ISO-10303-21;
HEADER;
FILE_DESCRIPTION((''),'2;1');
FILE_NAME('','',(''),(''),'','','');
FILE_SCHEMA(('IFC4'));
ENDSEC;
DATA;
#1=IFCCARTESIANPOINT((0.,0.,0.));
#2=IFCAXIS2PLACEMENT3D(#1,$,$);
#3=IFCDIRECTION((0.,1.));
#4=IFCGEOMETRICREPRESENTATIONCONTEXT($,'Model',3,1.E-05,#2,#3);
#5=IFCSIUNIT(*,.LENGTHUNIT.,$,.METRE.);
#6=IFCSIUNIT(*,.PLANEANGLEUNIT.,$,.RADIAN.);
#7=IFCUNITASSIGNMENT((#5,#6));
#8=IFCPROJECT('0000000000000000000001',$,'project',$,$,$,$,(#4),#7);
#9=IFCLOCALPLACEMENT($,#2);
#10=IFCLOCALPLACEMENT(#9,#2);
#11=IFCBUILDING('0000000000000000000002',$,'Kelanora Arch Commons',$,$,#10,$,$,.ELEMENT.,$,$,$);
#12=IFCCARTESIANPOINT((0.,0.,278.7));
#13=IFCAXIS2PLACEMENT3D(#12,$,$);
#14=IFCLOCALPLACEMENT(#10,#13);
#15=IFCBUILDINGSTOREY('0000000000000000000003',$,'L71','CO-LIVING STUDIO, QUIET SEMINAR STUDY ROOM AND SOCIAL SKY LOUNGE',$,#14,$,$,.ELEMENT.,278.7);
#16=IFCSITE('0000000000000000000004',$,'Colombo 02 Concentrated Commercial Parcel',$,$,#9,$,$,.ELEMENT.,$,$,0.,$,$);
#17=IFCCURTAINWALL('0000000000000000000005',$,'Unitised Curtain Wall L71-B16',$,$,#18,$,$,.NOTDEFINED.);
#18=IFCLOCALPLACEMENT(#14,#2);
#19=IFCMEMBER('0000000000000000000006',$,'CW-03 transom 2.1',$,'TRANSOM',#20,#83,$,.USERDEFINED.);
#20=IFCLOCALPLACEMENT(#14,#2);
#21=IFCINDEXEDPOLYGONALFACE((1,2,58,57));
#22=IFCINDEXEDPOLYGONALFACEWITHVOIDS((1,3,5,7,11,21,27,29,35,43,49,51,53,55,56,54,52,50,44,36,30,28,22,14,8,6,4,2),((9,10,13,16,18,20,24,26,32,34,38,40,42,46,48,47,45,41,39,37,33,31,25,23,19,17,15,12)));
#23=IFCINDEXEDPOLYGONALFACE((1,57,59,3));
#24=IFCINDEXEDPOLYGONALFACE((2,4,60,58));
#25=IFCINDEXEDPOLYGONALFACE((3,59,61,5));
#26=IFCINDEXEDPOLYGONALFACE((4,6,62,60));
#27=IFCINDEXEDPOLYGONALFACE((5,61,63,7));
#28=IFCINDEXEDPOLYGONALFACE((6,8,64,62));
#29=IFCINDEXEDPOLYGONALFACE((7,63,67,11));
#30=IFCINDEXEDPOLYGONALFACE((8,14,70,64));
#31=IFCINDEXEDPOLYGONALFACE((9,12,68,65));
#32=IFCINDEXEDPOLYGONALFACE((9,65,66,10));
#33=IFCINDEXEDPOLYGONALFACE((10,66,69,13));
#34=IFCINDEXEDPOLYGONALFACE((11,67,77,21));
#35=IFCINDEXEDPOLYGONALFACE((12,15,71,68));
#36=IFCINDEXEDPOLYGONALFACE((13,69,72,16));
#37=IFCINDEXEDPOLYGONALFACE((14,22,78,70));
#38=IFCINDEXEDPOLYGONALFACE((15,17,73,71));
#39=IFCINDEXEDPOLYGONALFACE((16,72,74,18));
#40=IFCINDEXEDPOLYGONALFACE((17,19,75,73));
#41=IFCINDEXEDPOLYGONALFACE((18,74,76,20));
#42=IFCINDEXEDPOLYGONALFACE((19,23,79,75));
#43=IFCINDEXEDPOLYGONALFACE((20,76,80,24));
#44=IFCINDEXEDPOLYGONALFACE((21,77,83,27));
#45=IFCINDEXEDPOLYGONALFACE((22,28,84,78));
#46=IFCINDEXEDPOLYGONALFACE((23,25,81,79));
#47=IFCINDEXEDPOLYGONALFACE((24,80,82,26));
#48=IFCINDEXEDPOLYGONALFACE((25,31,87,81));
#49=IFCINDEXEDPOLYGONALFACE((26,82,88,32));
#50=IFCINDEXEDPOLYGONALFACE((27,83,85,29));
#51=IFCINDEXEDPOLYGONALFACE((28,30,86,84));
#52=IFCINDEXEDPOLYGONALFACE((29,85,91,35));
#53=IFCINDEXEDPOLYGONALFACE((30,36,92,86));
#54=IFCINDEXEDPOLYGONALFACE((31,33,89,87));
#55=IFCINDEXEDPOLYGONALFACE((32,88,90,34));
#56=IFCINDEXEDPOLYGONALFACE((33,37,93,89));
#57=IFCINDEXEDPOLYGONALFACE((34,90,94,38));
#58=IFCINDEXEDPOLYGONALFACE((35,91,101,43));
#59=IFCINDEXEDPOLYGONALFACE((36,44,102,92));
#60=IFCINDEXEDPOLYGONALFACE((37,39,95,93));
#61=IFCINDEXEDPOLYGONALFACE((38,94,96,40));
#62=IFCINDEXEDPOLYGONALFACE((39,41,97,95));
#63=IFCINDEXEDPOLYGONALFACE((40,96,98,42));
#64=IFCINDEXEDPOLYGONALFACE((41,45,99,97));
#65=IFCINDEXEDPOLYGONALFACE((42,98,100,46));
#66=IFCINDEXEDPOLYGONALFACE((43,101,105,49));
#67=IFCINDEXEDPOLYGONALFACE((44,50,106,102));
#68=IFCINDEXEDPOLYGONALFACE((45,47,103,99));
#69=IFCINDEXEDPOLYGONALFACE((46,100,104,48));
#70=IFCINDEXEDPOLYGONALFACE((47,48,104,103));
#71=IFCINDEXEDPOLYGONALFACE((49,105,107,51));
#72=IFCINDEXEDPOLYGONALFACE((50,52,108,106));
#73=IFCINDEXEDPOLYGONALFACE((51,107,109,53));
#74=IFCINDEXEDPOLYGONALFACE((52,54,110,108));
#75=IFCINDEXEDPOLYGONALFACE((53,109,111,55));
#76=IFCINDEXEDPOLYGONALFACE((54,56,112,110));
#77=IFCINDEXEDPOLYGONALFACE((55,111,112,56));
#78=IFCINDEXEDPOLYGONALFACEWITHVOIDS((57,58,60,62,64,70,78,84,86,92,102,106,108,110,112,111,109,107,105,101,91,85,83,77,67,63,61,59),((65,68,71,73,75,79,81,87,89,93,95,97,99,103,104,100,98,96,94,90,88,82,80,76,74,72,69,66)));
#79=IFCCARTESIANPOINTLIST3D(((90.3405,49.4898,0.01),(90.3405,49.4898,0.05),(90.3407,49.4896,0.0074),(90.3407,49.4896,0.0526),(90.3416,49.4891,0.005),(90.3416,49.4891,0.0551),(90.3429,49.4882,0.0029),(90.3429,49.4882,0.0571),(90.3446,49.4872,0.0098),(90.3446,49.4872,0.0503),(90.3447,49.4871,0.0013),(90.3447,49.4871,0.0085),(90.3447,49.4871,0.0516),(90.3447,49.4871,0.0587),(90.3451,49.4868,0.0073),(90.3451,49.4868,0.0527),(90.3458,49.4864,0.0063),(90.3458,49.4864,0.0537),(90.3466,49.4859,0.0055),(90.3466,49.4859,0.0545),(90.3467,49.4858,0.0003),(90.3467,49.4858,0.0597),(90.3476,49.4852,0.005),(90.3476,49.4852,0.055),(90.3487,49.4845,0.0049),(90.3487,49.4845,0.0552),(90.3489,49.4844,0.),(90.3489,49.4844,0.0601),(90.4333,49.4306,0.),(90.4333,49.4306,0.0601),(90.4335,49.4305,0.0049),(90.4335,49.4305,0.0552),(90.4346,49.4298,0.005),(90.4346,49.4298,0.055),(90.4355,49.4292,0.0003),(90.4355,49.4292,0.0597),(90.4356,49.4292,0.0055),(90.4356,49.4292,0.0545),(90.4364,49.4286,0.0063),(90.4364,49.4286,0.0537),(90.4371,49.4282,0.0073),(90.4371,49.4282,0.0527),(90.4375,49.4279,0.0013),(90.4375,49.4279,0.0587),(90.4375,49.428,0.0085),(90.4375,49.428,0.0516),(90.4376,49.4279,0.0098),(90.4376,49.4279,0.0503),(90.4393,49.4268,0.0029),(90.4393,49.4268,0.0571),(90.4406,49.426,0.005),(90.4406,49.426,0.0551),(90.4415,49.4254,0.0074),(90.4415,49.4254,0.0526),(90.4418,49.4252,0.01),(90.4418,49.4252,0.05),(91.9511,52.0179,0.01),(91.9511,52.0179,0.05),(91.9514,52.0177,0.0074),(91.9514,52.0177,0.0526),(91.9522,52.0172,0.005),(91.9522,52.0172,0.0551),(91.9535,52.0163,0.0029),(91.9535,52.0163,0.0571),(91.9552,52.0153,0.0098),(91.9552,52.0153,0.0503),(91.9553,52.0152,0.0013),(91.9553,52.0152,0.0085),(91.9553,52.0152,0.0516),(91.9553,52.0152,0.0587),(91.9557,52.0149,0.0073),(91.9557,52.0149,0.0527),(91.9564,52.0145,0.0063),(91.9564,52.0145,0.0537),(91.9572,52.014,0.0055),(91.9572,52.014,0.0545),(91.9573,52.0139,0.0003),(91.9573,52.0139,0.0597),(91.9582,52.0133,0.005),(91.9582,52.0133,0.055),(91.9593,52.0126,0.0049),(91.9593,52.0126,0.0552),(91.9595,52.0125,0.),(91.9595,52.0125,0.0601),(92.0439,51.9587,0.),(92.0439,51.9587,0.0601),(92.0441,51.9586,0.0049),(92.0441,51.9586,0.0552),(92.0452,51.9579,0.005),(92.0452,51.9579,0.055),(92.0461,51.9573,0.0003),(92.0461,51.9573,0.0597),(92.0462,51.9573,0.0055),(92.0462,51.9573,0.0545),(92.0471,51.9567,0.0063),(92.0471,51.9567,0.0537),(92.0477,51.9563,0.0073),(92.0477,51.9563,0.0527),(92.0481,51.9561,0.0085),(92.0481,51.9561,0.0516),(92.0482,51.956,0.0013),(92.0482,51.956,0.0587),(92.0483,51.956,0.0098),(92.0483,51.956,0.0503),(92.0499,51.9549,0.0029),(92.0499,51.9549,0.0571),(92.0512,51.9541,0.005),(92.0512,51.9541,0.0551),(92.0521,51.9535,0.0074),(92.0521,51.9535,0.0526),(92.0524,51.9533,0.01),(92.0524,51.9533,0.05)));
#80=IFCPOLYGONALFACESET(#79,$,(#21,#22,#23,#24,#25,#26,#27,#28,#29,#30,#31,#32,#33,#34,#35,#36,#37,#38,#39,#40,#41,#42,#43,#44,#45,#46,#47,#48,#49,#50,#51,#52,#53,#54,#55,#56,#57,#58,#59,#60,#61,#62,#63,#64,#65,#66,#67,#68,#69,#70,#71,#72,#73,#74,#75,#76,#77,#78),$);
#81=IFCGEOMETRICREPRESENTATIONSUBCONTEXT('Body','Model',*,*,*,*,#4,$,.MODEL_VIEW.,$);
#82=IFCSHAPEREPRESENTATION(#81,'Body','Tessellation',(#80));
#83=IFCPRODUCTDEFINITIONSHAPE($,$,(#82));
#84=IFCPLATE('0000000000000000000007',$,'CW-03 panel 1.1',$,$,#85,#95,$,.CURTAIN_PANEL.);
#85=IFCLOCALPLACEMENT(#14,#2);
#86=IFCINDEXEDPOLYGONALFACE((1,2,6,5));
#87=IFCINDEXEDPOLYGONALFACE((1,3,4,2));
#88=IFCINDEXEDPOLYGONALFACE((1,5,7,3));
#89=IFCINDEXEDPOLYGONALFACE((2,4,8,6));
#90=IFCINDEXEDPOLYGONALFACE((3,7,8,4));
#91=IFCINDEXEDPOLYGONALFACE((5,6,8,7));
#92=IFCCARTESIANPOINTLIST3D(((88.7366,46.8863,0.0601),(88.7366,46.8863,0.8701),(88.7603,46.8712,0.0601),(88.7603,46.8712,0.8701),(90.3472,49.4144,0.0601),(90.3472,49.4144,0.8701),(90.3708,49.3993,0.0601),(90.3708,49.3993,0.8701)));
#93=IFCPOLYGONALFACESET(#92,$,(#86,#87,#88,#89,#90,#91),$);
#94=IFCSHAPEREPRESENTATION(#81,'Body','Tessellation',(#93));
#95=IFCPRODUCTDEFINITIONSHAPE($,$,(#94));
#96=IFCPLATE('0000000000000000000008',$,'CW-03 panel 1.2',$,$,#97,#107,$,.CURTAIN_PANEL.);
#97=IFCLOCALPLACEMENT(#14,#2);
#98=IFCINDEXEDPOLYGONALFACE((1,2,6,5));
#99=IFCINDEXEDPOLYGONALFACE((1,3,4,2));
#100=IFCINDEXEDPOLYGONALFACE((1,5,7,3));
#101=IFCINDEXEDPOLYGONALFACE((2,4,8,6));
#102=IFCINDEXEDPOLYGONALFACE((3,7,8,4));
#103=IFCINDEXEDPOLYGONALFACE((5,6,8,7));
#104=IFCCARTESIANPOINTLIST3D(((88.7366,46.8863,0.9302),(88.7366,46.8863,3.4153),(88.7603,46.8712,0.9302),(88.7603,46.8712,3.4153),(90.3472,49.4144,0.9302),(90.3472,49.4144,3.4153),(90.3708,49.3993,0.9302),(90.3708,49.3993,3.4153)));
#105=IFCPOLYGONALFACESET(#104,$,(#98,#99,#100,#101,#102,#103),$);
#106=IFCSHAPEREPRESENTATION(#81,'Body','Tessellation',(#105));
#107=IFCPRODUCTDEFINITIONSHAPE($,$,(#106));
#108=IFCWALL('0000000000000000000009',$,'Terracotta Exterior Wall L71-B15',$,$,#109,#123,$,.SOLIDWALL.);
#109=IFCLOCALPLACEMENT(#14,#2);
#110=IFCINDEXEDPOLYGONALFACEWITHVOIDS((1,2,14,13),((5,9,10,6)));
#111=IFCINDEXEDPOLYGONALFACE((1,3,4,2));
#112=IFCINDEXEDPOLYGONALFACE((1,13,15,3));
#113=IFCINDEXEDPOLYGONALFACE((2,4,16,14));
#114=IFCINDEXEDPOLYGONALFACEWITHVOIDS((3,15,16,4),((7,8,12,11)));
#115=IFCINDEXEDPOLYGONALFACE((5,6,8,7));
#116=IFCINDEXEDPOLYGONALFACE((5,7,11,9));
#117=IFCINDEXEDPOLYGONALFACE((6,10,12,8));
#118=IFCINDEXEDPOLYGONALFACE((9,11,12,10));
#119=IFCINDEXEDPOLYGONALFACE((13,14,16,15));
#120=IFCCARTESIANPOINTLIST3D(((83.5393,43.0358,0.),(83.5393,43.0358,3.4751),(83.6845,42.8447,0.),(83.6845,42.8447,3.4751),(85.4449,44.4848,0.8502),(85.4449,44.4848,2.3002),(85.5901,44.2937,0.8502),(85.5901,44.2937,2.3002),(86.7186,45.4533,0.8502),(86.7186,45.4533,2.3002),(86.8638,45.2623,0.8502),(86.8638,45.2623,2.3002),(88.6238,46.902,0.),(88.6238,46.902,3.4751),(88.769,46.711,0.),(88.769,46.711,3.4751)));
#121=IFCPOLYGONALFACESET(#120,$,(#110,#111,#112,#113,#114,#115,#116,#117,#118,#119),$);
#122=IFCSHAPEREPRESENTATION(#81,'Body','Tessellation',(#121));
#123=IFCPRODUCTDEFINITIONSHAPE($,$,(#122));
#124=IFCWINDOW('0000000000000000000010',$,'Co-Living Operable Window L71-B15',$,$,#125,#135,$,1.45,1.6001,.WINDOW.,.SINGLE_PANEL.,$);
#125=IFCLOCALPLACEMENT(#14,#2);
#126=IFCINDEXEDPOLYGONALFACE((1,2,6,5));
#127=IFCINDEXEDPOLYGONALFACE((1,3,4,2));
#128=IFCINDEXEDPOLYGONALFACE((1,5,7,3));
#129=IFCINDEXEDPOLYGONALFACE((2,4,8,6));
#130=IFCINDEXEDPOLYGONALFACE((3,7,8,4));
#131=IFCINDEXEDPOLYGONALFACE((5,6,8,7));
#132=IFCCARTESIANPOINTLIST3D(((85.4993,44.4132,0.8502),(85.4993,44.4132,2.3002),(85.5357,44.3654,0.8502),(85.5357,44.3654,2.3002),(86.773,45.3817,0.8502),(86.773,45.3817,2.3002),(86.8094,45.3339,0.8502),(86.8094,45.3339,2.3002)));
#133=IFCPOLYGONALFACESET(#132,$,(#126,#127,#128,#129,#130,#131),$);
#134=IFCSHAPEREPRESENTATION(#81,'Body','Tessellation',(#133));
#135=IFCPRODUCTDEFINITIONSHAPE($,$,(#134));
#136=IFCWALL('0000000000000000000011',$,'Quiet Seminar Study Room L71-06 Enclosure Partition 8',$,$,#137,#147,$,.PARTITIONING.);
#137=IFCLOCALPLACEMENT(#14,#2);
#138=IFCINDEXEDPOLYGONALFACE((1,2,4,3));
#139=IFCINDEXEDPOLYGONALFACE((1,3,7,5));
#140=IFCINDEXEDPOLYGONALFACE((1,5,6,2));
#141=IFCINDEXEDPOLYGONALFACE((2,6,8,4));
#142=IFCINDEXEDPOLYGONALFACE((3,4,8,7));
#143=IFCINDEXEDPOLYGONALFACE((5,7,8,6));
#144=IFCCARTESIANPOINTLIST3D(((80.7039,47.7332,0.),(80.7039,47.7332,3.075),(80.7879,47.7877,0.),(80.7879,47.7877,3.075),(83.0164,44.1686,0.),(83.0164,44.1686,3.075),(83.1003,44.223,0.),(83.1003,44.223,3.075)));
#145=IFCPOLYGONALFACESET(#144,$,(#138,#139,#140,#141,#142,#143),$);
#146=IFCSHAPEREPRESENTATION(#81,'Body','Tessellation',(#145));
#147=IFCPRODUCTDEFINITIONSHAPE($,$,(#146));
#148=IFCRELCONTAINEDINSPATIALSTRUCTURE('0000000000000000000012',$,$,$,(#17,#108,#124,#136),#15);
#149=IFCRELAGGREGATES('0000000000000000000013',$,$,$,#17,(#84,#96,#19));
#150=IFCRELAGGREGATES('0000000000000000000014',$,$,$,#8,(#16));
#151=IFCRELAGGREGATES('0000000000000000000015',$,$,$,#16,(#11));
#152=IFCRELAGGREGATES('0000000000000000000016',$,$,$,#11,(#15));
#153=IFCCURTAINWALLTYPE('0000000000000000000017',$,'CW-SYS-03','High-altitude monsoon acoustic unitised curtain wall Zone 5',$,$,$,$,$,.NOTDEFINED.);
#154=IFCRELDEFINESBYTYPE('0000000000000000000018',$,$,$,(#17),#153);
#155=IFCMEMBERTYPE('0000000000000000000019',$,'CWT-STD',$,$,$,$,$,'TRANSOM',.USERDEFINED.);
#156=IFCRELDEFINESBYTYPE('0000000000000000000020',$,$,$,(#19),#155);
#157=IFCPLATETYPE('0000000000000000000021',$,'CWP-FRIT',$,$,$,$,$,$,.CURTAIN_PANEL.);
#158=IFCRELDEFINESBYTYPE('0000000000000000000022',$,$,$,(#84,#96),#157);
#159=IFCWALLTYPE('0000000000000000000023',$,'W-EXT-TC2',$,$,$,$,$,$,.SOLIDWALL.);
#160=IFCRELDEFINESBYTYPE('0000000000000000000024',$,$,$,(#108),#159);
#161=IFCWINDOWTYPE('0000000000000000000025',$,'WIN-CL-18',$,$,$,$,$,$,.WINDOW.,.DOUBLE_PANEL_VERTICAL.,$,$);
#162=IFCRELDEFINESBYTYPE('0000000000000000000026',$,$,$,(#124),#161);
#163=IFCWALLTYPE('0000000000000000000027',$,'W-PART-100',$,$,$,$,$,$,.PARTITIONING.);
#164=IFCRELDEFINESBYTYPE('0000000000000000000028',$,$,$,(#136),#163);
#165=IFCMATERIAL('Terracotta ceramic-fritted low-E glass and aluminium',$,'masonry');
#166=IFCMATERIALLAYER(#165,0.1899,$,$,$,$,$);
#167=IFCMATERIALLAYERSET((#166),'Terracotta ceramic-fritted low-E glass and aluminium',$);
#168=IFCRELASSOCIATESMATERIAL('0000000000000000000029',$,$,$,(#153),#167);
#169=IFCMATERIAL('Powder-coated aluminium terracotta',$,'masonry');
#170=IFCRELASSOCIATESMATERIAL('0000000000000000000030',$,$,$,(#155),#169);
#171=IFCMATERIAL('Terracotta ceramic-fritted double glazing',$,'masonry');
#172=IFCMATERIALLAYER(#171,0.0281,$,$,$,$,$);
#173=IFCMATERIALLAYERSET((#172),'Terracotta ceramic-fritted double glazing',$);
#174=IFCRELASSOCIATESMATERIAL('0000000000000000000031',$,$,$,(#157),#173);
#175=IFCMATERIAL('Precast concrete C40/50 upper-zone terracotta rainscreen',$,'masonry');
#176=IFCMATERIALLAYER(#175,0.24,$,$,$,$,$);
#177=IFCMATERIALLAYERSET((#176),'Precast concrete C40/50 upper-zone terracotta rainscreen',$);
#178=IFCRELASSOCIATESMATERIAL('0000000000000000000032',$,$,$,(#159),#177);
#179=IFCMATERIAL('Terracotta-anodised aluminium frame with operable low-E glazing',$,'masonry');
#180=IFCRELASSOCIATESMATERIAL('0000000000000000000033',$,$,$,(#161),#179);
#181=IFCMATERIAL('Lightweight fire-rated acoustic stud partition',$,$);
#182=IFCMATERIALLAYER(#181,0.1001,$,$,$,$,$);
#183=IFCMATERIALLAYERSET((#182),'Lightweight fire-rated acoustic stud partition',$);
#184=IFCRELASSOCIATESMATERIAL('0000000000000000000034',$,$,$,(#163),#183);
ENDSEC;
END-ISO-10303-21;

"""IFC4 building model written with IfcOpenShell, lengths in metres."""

from ifc_helpers import new_model, si_unit, direction, frame, frame_2d, origin, origin_2d, place, context, subcontext, project, spatial, rectangle, hollow_rectangle, extrude, source, transform, mapped, material, layer, layer_set, material_profile, profile_set, type_object, element, fill, aggregate, save


model = new_model("IFC4")

# Units and contexts
model_context = context("Model", 3, precision=1e-05, world=origin(), true_north=direction((0.0, 1.0)))
body_context = subcontext(model_context, "Body", "Model", "MODEL_VIEW")
ifc_project = project(units=[si_unit("LENGTHUNIT", "METRE"), si_unit("PLANEANGLEUNIT", "RADIAN")], contexts=[model_context])

# Site, building, storey
site_placement = place(None, origin())
site = spatial("IfcSite", under=ifc_project, at=site_placement, Name="Colombo 02 Concentrated Commercial Parcel", CompositionType="ELEMENT", RefElevation=0.0)
building_placement = place(site_placement, origin())
building = spatial("IfcBuilding", under=site, at=building_placement, Name="Kelanora Arch Commons", CompositionType="ELEMENT")
storey_placement = place(building_placement, frame((0.0, 0.0, 278.7)))
storey = spatial("IfcBuildingStorey", under=building, at=storey_placement, Name="L71", Description="CO-LIVING STUDIO, QUIET SEMINAR STUDY ROOM AND SOCIAL SKY LOUNGE", CompositionType="ELEMENT", Elevation=278.7)

# Shared definitions
ifc_material_1 = material(Name="Terracotta ceramic-fritted low-E glass and aluminium", Category="masonry")
ifc_layer_1 = layer(ifc_material_1, 0.1899)
ifc_layer_set_1 = layer_set([ifc_layer_1], Name="Terracotta ceramic-fritted low-E glass and aluminium")
curtain_wall_type = type_object("IfcCurtainWallType", Name="CW-SYS-03", Description="High-altitude monsoon acoustic unitised curtain wall Zone 5", PredefinedType="NOTDEFINED", material=ifc_layer_set_1)
ifc_material_2 = material(Name="Powder-coated aluminium terracotta", Category="masonry")

# Curtain wall, member, plates
curtain_wall_1_placement = place(storey_placement, origin())
curtain_wall_1 = element("IfcCurtainWall", 1, at=curtain_wall_1_placement, inside=storey, type_object=curtain_wall_type, Name="Unitised Curtain Wall L71-B16", PredefinedType="NOTDEFINED")
ifc_material_profile_1 = material_profile(ifc_material_2, hollow_rectangle(XDim=0.1201, YDim=0.0601, WallThickness=0.0049, InnerFilletRadius=0.0049, OuterFilletRadius=0.01, at=origin_2d()), Name="CWT120x60")
ifc_profile_set_1 = profile_set([ifc_material_profile_1], Name="Powder-coated aluminium terracotta")
member_type_1 = type_object("IfcMemberType", Name="CWT-STD", ElementType="TRANSOM", PredefinedType="USERDEFINED", material=ifc_profile_set_1)
member_1_placement = place(storey_placement, frame((90.3911, 49.4575, 0.03), z_axis=(0.537308, 0.843386, 0.0), x_axis=(-0.843386, 0.537308, 0.0)))
member_1 = element("IfcMember", 2, at=member_1_placement, type_object=member_type_1, Name="CW-03 transom 2.1", ObjectType="TRANSOM", PredefinedType="USERDEFINED", context=body_context, shape_type="SweptSolid", body=[
    extrude(hollow_rectangle(XDim=0.1201, YDim=0.0601, WallThickness=0.0049, InnerFilletRadius=0.0049, OuterFilletRadius=0.01, at=origin_2d()), origin(), (0.0, 0.0, 1.0), 2.9976),
])
ifc_material_3 = material(Name="Terracotta ceramic-fritted double glazing", Category="masonry")
ifc_layer_2 = layer(ifc_material_3, 0.0281)
ifc_layer_set_2 = layer_set([ifc_layer_2], Name="Terracotta ceramic-fritted double glazing")
plate_type = type_object("IfcPlateType", Name="CWP-FRIT", PredefinedType="CURTAIN_PANEL", material=ifc_layer_set_2)
shared_shape_1 = source(origin(), body_context, "Body", "SweptSolid", [
    extrude(rectangle(XDim=2.9976, YDim=0.0281, at=origin_2d()), origin(), (0.0, 0.0, 1.0), 0.8101),
])
plate_1_placement = place(storey_placement, frame((89.5537, 48.1428, 0.0601), z_axis=(0.0, 0.0, 1.0), x_axis=(0.5373, 0.843391, 0.0)))
plate_1 = element("IfcPlate", 3, at=plate_1_placement, type_object=plate_type, Name="CW-03 panel 1.1", PredefinedType="CURTAIN_PANEL", context=body_context, shape_type="MappedRepresentation", body=[
    mapped(shared_shape_1, transform((0.0, 0.0, 0.0), scale=1.0)),
])
shared_shape_2 = source(origin(), body_context, "Body", "SweptSolid", [
    extrude(rectangle(XDim=2.9976, YDim=0.0281, at=origin_2d()), origin(), (0.0, 0.0, 1.0), 2.4851),
])
plate_2_placement = place(storey_placement, frame((89.5537, 48.1428, 0.9302), z_axis=(0.0, 0.0, 1.0), x_axis=(0.5373, 0.843391, 0.0)))
plate_2 = element("IfcPlate", 4, at=plate_2_placement, type_object=plate_type, Name="CW-03 panel 1.2", PredefinedType="CURTAIN_PANEL", context=body_context, shape_type="MappedRepresentation", body=[
    mapped(shared_shape_2, transform((0.0, 0.0, 0.0), scale=1.0)),
])
aggregate(curtain_wall_1, [plate_1, plate_2, member_1])

# Wall, opening, window
ifc_material_4 = material(Name="Precast concrete C40/50 upper-zone terracotta rainscreen", Category="masonry")
ifc_layer_3 = layer(ifc_material_4, 0.24)
ifc_layer_set_3 = layer_set([ifc_layer_3], Name="Precast concrete C40/50 upper-zone terracotta rainscreen")
wall_type_1 = type_object("IfcWallType", Name="W-EXT-TC2", PredefinedType="SOLIDWALL", material=ifc_layer_set_3)
wall_1_placement = place(storey_placement, frame((83.6118, 42.9402, 0.0), z_axis=(0.0, 0.0, 1.0), x_axis=(0.79601, 0.605283, 0.0)))
wall_1 = element("IfcWall", 5, at=wall_1_placement, inside=storey, type_object=wall_type_1, Name="Terracotta Exterior Wall L71-B15", PredefinedType="SOLIDWALL", context=body_context, shape_type="SweptSolid", body=[
    extrude(rectangle(XDim=6.3875, YDim=0.24, at=frame_2d((3.1938, 0.0))), origin(), (0.0, 0.0, 1.0), 3.4751),
])
opening_placement = place(wall_1_placement, frame((2.394, 0.0, 0.8501)))
opening = element("IfcOpeningElement", 6, at=opening_placement, cuts=wall_1, PredefinedType="OPENING", context=body_context, shape_type="SweptSolid", body=[
    extrude(rectangle(XDim=1.6001, YDim=1.45, at=frame_2d((0.8, 0.7251))), frame((0.0, 0.1299, 0.0), z_axis=(0.0, -1.0, 0.0), x_axis=(1.0, 0.0, 0.0)), (0.0, 0.0, 1.0), 0.26),
])
ifc_material_5 = material(Name="Terracotta-anodised aluminium frame with operable low-E glazing", Category="masonry")
window_type = type_object("IfcWindowType", Name="WIN-CL-18", PartitioningType="DOUBLE_PANEL_VERTICAL", PredefinedType="WINDOW", material=ifc_material_5)
window_placement = place(opening_placement, origin())
window = element("IfcWindow", 7, at=window_placement, inside=storey, type_object=window_type, Name="Co-Living Operable Window L71-B15", OverallHeight=1.45, OverallWidth=1.6001, PartitioningType="SINGLE_PANEL", PredefinedType="WINDOW", context=body_context, shape_type="SweptSolid", body=[
    extrude(rectangle(XDim=1.6001, YDim=1.45, at=frame_2d((0.8, 0.7251))), frame((0.0, 0.03, 0.0), z_axis=(0.0, -1.0, 0.0), x_axis=(1.0, 0.0, 0.0)), (0.0, 0.0, 1.0), 0.0601),
])
fill(opening, window)

# Wall
ifc_material_6 = material(Name="Lightweight fire-rated acoustic stud partition")
ifc_layer_4 = layer(ifc_material_6, 0.1001)
ifc_layer_set_4 = layer_set([ifc_layer_4], Name="Lightweight fire-rated acoustic stud partition")
wall_type_2 = type_object("IfcWallType", Name="W-PART-100", PredefinedType="PARTITIONING", material=ifc_layer_set_4)
wall_2_placement = place(storey_placement, frame((83.0583, 44.1958, 0.0), z_axis=(0.0, 0.0, 1.0), x_axis=(-0.544235, 0.838933, 0.0)))
element("IfcWall", 8, at=wall_2_placement, inside=storey, type_object=wall_type_2, Name="Quiet Seminar Study Room L71-06 Enclosure Partition 8", PredefinedType="PARTITIONING", context=body_context, shape_type="SweptSolid", body=[
    extrude(rectangle(XDim=4.249, YDim=0.1001, at=frame_2d((2.1245, 0.0))), origin(), (0.0, 0.0, 1.0), 3.075),
])

save(model, "model.ifc")
